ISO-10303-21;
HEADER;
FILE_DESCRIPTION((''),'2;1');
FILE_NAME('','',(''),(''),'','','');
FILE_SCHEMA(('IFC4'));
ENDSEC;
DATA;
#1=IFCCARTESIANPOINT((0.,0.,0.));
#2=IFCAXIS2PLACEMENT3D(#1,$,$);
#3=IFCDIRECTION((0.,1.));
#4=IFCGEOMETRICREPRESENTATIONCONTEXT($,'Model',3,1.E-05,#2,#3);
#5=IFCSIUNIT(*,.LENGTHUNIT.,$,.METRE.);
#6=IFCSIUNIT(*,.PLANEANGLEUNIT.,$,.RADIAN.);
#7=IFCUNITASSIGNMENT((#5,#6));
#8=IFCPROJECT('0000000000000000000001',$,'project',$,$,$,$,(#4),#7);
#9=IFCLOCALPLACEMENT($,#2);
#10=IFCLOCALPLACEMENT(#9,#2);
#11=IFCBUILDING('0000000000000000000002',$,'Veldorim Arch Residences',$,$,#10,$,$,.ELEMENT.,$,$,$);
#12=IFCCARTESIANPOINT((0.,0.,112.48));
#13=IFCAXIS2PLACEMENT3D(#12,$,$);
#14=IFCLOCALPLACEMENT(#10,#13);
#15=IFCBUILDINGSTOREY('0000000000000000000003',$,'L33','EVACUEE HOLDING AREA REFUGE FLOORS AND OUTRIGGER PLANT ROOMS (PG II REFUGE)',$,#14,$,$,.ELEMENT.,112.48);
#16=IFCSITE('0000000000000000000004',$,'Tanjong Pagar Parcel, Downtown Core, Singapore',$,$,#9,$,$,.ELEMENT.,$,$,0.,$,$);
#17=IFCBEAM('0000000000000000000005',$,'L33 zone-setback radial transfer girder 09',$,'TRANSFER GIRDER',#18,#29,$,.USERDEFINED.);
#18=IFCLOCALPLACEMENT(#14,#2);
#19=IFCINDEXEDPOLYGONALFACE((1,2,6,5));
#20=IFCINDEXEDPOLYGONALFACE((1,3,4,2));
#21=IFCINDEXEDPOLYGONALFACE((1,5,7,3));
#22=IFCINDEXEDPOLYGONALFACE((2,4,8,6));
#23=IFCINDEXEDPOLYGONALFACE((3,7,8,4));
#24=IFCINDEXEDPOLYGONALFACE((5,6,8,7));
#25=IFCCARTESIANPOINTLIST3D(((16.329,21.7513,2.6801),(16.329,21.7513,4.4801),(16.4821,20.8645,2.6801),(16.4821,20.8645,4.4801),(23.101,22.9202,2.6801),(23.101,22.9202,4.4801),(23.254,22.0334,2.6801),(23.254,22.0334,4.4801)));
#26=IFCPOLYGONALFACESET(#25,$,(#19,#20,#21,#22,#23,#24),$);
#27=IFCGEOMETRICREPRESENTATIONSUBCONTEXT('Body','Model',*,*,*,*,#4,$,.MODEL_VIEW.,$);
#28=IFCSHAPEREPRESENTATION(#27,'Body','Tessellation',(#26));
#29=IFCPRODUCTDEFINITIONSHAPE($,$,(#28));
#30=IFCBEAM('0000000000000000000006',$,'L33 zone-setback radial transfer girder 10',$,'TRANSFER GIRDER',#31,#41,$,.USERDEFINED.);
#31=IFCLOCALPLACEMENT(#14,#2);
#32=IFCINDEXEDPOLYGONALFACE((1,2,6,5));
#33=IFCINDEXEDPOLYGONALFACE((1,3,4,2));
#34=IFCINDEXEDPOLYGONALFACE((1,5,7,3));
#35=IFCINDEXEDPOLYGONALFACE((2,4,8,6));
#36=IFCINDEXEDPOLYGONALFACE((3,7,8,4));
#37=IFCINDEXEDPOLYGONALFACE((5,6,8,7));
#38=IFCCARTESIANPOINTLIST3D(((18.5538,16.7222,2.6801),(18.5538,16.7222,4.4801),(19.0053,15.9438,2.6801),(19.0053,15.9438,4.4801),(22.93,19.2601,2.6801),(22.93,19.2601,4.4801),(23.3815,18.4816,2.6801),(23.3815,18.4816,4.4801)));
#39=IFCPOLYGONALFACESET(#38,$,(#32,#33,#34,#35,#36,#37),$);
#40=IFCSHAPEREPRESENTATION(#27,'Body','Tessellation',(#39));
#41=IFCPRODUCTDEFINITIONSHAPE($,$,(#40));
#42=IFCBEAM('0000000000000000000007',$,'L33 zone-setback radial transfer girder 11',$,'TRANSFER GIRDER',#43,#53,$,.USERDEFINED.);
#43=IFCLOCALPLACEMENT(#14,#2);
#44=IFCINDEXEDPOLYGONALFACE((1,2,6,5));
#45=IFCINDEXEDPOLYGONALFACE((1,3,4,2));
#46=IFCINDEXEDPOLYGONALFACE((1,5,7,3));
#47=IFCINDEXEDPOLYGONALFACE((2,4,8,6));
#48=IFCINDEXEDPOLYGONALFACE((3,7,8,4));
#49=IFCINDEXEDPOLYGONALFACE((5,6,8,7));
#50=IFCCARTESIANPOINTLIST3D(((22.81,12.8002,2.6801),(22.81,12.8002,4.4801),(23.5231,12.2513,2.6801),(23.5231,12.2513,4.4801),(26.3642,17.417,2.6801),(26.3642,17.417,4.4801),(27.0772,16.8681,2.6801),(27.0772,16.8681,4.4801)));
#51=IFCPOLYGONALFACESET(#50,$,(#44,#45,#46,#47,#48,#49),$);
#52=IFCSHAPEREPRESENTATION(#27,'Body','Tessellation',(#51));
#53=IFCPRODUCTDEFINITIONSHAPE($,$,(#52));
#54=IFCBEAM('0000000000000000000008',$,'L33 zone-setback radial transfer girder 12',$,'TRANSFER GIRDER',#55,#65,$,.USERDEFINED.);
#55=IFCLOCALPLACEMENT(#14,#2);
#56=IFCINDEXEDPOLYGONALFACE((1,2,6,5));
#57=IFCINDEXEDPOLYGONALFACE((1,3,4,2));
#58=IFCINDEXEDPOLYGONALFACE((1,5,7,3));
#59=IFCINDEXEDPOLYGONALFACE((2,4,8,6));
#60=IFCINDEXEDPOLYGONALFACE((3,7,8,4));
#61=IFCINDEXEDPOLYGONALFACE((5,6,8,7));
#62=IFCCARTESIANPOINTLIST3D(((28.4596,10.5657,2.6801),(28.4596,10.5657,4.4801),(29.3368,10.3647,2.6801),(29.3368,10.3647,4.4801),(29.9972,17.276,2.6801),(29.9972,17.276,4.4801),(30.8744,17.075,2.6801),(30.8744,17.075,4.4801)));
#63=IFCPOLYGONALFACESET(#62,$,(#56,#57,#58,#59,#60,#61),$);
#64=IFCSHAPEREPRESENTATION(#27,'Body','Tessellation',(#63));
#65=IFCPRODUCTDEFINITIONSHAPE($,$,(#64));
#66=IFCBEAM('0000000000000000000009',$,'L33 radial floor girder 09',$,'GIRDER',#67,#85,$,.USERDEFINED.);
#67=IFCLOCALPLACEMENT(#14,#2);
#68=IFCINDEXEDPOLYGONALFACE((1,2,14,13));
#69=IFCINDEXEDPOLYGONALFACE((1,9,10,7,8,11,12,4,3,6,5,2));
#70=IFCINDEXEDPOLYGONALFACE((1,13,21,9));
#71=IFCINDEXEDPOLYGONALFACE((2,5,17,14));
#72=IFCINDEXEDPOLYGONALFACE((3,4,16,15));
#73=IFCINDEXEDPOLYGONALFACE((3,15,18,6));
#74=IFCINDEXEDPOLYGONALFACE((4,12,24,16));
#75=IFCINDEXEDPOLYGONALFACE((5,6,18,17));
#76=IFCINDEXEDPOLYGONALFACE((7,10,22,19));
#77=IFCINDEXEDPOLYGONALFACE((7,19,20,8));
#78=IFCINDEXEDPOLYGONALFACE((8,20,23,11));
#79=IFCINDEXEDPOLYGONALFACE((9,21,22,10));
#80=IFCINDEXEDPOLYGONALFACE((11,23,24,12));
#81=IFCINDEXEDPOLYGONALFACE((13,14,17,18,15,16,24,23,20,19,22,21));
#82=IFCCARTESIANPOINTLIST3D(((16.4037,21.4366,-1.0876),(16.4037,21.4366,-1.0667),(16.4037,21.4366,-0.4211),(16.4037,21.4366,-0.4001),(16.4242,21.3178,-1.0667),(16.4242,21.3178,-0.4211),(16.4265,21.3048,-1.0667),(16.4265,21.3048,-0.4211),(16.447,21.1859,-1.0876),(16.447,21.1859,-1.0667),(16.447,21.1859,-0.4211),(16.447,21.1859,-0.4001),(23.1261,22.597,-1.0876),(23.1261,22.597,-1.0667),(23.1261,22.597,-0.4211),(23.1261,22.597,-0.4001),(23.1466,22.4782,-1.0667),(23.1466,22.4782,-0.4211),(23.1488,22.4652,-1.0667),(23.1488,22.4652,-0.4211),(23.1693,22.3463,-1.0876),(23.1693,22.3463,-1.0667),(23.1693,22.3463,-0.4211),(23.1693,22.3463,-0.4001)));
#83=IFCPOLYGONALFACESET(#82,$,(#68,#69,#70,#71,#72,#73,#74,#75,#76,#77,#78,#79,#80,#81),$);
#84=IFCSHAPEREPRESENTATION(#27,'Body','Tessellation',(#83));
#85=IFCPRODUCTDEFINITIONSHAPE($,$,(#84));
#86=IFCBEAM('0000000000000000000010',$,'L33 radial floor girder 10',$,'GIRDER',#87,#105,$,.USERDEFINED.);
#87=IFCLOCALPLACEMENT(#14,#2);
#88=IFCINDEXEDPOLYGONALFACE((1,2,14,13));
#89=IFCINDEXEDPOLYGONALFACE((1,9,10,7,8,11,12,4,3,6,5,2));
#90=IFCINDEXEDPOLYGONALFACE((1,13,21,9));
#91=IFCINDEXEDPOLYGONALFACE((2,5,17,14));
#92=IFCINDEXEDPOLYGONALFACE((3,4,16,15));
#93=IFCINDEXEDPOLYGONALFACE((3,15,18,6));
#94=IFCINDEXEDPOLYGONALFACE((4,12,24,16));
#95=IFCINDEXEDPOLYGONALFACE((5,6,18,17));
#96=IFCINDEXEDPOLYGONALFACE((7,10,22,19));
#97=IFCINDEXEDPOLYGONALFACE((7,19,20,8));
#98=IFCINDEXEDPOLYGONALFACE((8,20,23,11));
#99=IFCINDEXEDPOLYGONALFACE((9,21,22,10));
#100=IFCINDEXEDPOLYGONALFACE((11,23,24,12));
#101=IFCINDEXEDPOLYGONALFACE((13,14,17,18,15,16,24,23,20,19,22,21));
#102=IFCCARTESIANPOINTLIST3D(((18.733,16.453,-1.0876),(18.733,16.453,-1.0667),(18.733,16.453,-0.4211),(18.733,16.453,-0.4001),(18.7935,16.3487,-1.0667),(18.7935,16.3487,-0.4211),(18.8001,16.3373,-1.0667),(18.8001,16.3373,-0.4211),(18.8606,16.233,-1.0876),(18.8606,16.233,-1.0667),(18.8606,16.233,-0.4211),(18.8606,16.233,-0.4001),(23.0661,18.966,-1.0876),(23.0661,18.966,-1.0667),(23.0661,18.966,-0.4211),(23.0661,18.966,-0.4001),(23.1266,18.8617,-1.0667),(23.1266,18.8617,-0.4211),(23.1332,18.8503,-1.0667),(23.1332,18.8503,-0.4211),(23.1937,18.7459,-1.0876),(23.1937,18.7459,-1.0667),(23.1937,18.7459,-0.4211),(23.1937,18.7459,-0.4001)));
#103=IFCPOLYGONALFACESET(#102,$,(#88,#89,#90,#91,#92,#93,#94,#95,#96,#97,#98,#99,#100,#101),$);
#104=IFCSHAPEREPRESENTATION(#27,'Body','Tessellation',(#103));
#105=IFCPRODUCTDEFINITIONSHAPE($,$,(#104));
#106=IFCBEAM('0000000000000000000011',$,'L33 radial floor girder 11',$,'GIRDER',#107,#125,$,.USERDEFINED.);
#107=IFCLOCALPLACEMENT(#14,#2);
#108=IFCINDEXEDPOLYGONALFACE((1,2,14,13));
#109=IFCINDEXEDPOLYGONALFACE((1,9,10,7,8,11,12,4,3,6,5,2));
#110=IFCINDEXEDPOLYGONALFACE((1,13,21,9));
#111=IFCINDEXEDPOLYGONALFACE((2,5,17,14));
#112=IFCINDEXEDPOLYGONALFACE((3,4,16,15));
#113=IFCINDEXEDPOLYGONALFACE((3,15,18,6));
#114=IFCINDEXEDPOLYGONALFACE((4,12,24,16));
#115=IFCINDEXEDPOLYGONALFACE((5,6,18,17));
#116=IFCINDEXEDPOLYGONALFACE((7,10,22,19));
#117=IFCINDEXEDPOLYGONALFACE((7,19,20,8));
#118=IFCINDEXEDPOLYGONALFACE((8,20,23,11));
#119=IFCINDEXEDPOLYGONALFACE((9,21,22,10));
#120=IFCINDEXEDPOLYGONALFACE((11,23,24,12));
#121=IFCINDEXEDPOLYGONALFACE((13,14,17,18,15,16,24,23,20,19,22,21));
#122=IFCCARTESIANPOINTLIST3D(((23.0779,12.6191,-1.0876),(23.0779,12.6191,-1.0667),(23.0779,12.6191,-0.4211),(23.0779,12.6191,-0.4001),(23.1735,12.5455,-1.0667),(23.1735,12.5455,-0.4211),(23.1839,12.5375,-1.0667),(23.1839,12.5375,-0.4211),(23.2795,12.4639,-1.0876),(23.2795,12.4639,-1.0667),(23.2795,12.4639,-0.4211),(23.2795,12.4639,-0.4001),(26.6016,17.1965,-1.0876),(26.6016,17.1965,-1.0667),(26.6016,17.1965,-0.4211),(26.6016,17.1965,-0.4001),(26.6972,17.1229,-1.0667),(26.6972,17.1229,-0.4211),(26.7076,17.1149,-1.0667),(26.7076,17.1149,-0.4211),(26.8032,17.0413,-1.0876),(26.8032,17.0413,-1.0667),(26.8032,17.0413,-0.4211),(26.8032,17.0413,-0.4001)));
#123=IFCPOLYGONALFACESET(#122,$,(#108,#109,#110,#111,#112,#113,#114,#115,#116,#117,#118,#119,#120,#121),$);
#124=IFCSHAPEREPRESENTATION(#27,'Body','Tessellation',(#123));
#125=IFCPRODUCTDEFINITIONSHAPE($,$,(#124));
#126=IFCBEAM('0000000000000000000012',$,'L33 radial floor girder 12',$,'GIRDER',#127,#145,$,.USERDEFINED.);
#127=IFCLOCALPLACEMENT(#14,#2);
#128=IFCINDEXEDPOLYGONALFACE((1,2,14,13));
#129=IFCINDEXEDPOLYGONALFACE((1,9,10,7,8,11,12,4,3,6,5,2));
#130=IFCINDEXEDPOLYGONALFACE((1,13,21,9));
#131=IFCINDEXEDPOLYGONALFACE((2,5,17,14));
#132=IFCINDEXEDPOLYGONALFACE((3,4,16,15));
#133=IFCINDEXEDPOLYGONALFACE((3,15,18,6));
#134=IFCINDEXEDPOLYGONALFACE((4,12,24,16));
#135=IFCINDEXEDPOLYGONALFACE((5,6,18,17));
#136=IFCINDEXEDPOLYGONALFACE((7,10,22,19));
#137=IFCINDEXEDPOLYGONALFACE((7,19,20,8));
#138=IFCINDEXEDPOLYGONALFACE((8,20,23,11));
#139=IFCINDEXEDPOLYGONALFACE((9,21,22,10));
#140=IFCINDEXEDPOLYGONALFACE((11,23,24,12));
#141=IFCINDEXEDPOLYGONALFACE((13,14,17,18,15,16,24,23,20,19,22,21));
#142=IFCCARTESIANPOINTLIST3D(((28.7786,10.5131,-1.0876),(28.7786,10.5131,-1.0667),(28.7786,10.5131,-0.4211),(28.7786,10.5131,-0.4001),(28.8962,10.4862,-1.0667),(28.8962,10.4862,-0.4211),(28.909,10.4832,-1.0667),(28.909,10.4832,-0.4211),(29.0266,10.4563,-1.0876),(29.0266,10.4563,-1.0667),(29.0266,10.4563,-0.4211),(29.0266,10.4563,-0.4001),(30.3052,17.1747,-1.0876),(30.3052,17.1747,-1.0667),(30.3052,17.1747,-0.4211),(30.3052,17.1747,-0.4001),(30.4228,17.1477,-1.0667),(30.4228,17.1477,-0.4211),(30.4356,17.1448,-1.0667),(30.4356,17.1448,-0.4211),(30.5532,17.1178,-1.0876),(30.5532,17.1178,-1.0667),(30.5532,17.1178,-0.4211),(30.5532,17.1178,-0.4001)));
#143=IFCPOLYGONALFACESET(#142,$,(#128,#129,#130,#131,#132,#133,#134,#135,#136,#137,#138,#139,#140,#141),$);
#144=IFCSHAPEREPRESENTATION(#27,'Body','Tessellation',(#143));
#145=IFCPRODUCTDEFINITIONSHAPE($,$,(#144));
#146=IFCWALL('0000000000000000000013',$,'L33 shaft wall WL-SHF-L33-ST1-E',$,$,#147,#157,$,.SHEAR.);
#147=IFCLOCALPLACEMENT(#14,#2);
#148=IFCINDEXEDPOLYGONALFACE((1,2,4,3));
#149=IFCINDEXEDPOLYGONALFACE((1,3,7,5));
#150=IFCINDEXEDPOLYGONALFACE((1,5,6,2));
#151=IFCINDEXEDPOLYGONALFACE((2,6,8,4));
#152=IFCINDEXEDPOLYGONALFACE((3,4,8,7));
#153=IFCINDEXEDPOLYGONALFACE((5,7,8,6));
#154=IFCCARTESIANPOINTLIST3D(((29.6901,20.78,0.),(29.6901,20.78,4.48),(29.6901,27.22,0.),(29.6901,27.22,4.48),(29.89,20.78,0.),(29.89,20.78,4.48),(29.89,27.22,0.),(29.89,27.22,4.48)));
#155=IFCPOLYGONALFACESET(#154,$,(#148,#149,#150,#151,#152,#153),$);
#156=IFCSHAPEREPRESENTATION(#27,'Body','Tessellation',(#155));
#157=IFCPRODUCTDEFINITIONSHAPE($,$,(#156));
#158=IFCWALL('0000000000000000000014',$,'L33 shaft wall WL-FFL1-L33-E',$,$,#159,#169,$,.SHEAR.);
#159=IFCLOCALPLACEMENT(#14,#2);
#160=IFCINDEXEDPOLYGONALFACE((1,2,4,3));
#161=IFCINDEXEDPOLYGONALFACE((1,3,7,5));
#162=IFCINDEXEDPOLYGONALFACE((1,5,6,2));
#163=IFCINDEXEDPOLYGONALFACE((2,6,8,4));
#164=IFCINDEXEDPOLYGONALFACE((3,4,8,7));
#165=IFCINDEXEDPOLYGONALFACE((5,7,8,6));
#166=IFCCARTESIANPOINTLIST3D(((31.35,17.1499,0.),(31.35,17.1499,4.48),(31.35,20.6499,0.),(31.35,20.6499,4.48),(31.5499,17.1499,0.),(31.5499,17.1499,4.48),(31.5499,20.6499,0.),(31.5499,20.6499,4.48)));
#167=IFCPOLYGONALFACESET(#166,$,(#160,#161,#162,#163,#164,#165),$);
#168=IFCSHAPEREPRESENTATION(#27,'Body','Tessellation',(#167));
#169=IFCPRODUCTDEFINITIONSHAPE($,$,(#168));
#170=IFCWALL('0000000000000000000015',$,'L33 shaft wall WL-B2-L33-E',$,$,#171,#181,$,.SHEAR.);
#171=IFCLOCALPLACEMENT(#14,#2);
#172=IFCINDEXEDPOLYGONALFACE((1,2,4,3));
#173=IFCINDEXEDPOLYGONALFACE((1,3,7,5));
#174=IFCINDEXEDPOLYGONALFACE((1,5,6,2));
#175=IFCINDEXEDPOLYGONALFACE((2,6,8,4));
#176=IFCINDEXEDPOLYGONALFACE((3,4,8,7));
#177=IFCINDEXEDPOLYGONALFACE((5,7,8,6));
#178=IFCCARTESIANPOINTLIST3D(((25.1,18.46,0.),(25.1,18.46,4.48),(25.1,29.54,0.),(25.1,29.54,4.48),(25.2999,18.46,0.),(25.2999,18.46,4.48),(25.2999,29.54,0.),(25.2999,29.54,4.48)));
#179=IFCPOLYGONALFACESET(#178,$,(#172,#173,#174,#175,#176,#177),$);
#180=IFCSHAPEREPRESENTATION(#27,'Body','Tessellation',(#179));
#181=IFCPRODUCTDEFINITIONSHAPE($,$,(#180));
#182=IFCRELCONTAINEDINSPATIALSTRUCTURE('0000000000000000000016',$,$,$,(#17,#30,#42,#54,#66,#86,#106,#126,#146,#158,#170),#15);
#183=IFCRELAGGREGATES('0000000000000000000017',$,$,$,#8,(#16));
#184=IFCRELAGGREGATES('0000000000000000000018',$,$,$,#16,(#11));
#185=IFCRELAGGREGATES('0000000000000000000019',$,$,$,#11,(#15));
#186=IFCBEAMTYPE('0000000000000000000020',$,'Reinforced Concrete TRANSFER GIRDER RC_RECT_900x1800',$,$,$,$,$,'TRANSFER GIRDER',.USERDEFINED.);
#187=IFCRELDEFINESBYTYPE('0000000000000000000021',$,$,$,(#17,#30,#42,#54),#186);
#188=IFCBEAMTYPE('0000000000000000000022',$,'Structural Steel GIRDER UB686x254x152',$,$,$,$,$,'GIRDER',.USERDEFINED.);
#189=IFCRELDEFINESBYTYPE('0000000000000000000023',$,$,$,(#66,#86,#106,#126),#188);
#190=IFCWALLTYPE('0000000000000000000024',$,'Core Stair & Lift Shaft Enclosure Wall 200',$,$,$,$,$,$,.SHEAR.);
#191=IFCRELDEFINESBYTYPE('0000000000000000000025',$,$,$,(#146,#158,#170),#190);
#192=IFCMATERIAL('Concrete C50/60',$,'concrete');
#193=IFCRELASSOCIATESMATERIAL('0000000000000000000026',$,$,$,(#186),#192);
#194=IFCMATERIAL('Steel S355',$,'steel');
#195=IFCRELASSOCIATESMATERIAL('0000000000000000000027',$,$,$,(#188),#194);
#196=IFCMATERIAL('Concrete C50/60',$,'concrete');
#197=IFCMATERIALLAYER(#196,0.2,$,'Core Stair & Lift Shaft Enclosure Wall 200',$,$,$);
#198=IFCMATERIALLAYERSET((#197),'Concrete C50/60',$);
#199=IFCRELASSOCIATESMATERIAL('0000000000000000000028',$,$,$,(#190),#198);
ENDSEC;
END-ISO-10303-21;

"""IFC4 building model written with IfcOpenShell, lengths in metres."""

from ifc_helpers import new_model, si_unit, direction, frame, frame_2d, origin, origin_2d, place, context, subcontext, project, spatial, rectangle, i_section, extrude, material, layer, layer_set, material_profile, profile_set, type_object, element, save


model = new_model("IFC4")

# Units and contexts
model_context = context("Model", 3, precision=1e-05, world=origin(), true_north=direction((0.0, 1.0)))
body_context = subcontext(model_context, "Body", "Model", "MODEL_VIEW")
ifc_project = project(units=[si_unit("LENGTHUNIT", "METRE"), si_unit("PLANEANGLEUNIT", "RADIAN")], contexts=[model_context])

# Site, building, storey
site_placement = place(None, origin())
site = spatial("IfcSite", under=ifc_project, at=site_placement, Name="Tanjong Pagar Parcel, Downtown Core, Singapore", CompositionType="ELEMENT", RefElevation=0.0)
building_placement = place(site_placement, origin())
building = spatial("IfcBuilding", under=site, at=building_placement, Name="Veldorim Arch Residences", CompositionType="ELEMENT")
storey_placement = place(building_placement, frame((0.0, 0.0, 112.48)))
storey = spatial("IfcBuildingStorey", under=building, at=storey_placement, Name="L33", Description="EVACUEE HOLDING AREA REFUGE FLOORS AND OUTRIGGER PLANT ROOMS (PG II REFUGE)", CompositionType="ELEMENT", Elevation=112.48)

# Beams
ifc_material_1 = material(Name="Concrete C50/60", Category="concrete")
ifc_material_profile_1 = material_profile(ifc_material_1, rectangle(XDim=0.8999, YDim=1.8, at=origin_2d()), Name="RC_RECT_900x1800")
ifc_profile_set_1 = profile_set([ifc_material_profile_1], Name="Concrete C50/60")
beam_type_1 = type_object("IfcBeamType", Name="Reinforced Concrete TRANSFER GIRDER RC_RECT_900x1800", ElementType="TRANSFER GIRDER", PredefinedType="USERDEFINED", material=ifc_profile_set_1)
beam_1_placement = place(storey_placement, frame((23.1775, 22.4768, 3.5801), z_axis=(-0.985427, -0.1701, 0.0), x_axis=(0.1701, -0.985427, 0.0)))
element("IfcBeam", 1, at=beam_1_placement, inside=storey, type_object=beam_type_1, Name="L33 zone-setback radial transfer girder 09", ObjectType="TRANSFER GIRDER", PredefinedType="USERDEFINED", context=body_context, shape_type="SweptSolid", body=[
    extrude(rectangle(XDim=0.8999, YDim=1.8, at=origin_2d()), origin(), (0.0, 0.0, 1.0), 6.8721),
])
beam_2_placement = place(storey_placement, frame((23.1558, 18.8708, 3.5801), z_axis=(-0.865063, -0.501664, 0.0), x_axis=(0.501664, -0.865063, 0.0)))
element("IfcBeam", 2, at=beam_2_placement, inside=storey, type_object=beam_type_1, Name="L33 zone-setback radial transfer girder 10", ObjectType="TRANSFER GIRDER", PredefinedType="USERDEFINED", context=body_context, shape_type="SweptSolid", body=[
    extrude(rectangle(XDim=0.8999, YDim=1.8, at=origin_2d()), origin(), (0.0, 0.0, 1.0), 5.0588),
])
beam_3_placement = place(storey_placement, frame((26.7207, 17.1426, 3.5801), z_axis=(-0.610002, -0.7924, 0.0), x_axis=(0.7924, -0.610002, 0.0)))
element("IfcBeam", 3, at=beam_3_placement, inside=storey, type_object=beam_type_1, Name="L33 zone-setback radial transfer girder 11", ObjectType="TRANSFER GIRDER", PredefinedType="USERDEFINED", context=body_context, shape_type="SweptSolid", body=[
    extrude(rectangle(XDim=0.8999, YDim=1.8, at=origin_2d()), origin(), (0.0, 0.0, 1.0), 5.8264),
])
beam_4_placement = place(storey_placement, frame((30.4358, 17.1755, 3.5801), z_axis=(-0.223347, -0.974739, 0.0), x_axis=(0.974739, -0.223347, 0.0)))
element("IfcBeam", 4, at=beam_4_placement, inside=storey, type_object=beam_type_1, Name="L33 zone-setback radial transfer girder 12", ObjectType="TRANSFER GIRDER", PredefinedType="USERDEFINED", context=body_context, shape_type="SweptSolid", body=[
    extrude(rectangle(XDim=0.8999, YDim=1.8, at=origin_2d()), origin(), (0.0, 0.0, 1.0), 6.8843),
])
ifc_material_2 = material(Name="Steel S355", Category="steel")
ifc_material_profile_2 = material_profile(ifc_material_2, i_section(OverallWidth=0.2544, OverallDepth=0.6875, WebThickness=0.0132, FlangeThickness=0.021, at=origin_2d()), Name="UB686x254x152")
ifc_profile_set_2 = profile_set([ifc_material_profile_2], Name="Steel S355")
beam_type_2 = type_object("IfcBeamType", Name="Structural Steel GIRDER UB686x254x152", ElementType="GIRDER", PredefinedType="USERDEFINED", material=ifc_profile_set_2)
beam_5_placement = place(storey_placement, frame((23.1477, 22.4717, -0.7439), z_axis=(-0.985427, -0.170101, 0.0), x_axis=(0.170101, -0.985427, 0.0)))
element("IfcBeam", 5, at=beam_5_placement, inside=storey, type_object=beam_type_2, Name="L33 radial floor girder 09", ObjectType="GIRDER", PredefinedType="USERDEFINED", context=body_context, shape_type="SweptSolid", body=[
    extrude(i_section(OverallWidth=0.2544, OverallDepth=0.6875, WebThickness=0.0132, FlangeThickness=0.021, at=origin_2d()), origin(), (0.0, 0.0, 1.0), 6.8218),
])
beam_6_placement = place(storey_placement, frame((23.1299, 18.856, -0.7439), z_axis=(-0.865049, -0.501687, 0.0), x_axis=(0.501687, -0.865049, 0.0)))
element("IfcBeam", 6, at=beam_6_placement, inside=storey, type_object=beam_type_2, Name="L33 radial floor girder 10", ObjectType="GIRDER", PredefinedType="USERDEFINED", context=body_context, shape_type="SweptSolid", body=[
    extrude(i_section(OverallWidth=0.2544, OverallDepth=0.6875, WebThickness=0.0132, FlangeThickness=0.021, at=origin_2d()), origin(), (0.0, 0.0, 1.0), 5.009),
])
beam_7_placement = place(storey_placement, frame((26.7024, 17.1189, -0.7439), z_axis=(-0.609995, -0.792406, 0.0), x_axis=(0.792406, -0.609995, 0.0)))
element("IfcBeam", 7, at=beam_7_placement, inside=storey, type_object=beam_type_2, Name="L33 radial floor girder 11", ObjectType="GIRDER", PredefinedType="USERDEFINED", context=body_context, shape_type="SweptSolid", body=[
    extrude(i_section(OverallWidth=0.2544, OverallDepth=0.6875, WebThickness=0.0132, FlangeThickness=0.021, at=origin_2d()), origin(), (0.0, 0.0, 1.0), 5.7766),
])
beam_8_placement = place(storey_placement, frame((30.4292, 17.1462, -0.7439), z_axis=(-0.223375, -0.974733, 0.0), x_axis=(0.974733, -0.223375, 0.0)))
element("IfcBeam", 8, at=beam_8_placement, inside=storey, type_object=beam_type_2, Name="L33 radial floor girder 12", ObjectType="GIRDER", PredefinedType="USERDEFINED", context=body_context, shape_type="SweptSolid", body=[
    extrude(i_section(OverallWidth=0.2544, OverallDepth=0.6875, WebThickness=0.0132, FlangeThickness=0.021, at=origin_2d()), origin(), (0.0, 0.0, 1.0), 6.8342),
])

# Wall
ifc_material_3 = material(Name="Concrete C50/60", Category="concrete")
ifc_layer_1 = layer(ifc_material_3, 0.2, Name="Core Stair & Lift Shaft Enclosure Wall 200")
ifc_layer_set_1 = layer_set([ifc_layer_1], Name="Concrete C50/60")
wall_type_1 = type_object("IfcWallType", Name="Core Stair & Lift Shaft Enclosure Wall 200", PredefinedType="SHEAR", material=ifc_layer_set_1)
wall_1_placement = place(storey_placement, frame((29.79, 20.78, 0.0), z_axis=(0.0, 0.0, 1.0), x_axis=(0.0, 1.0, 0.0)))
element("IfcWall", 9, at=wall_1_placement, inside=storey, type_object=wall_type_1, Name="L33 shaft wall WL-SHF-L33-ST1-E", PredefinedType="SHEAR", context=body_context, shape_type="SweptSolid", body=[
    extrude(rectangle(XDim=6.4399, YDim=0.2, at=frame_2d((3.22, 0.0))), origin(), (0.0, 0.0, 1.0), 4.48),
])

# Wall
wall_2_placement = place(storey_placement, frame((31.45, 17.1499, 0.0), z_axis=(0.0, 0.0, 1.0), x_axis=(0.0, 1.0, 0.0)))
element("IfcWall", 10, at=wall_2_placement, inside=storey, type_object=wall_type_1, Name="L33 shaft wall WL-FFL1-L33-E", PredefinedType="SHEAR", context=body_context, shape_type="SweptSolid", body=[
    extrude(rectangle(XDim=3.5, YDim=0.2, at=frame_2d((1.75, 0.0))), origin(), (0.0, 0.0, 1.0), 4.48),
])

# Wall
wall_3_placement = place(storey_placement, frame((25.2, 18.46, 0.0), z_axis=(0.0, 0.0, 1.0), x_axis=(0.0, 1.0, 0.0)))
element("IfcWall", 11, at=wall_3_placement, inside=storey, type_object=wall_type_1, Name="L33 shaft wall WL-B2-L33-E", PredefinedType="SHEAR", context=body_context, shape_type="SweptSolid", body=[
    extrude(rectangle(XDim=11.0801, YDim=0.2, at=frame_2d((5.54, 0.0))), origin(), (0.0, 0.0, 1.0), 4.48),
])

save(model, "model.ifc")
